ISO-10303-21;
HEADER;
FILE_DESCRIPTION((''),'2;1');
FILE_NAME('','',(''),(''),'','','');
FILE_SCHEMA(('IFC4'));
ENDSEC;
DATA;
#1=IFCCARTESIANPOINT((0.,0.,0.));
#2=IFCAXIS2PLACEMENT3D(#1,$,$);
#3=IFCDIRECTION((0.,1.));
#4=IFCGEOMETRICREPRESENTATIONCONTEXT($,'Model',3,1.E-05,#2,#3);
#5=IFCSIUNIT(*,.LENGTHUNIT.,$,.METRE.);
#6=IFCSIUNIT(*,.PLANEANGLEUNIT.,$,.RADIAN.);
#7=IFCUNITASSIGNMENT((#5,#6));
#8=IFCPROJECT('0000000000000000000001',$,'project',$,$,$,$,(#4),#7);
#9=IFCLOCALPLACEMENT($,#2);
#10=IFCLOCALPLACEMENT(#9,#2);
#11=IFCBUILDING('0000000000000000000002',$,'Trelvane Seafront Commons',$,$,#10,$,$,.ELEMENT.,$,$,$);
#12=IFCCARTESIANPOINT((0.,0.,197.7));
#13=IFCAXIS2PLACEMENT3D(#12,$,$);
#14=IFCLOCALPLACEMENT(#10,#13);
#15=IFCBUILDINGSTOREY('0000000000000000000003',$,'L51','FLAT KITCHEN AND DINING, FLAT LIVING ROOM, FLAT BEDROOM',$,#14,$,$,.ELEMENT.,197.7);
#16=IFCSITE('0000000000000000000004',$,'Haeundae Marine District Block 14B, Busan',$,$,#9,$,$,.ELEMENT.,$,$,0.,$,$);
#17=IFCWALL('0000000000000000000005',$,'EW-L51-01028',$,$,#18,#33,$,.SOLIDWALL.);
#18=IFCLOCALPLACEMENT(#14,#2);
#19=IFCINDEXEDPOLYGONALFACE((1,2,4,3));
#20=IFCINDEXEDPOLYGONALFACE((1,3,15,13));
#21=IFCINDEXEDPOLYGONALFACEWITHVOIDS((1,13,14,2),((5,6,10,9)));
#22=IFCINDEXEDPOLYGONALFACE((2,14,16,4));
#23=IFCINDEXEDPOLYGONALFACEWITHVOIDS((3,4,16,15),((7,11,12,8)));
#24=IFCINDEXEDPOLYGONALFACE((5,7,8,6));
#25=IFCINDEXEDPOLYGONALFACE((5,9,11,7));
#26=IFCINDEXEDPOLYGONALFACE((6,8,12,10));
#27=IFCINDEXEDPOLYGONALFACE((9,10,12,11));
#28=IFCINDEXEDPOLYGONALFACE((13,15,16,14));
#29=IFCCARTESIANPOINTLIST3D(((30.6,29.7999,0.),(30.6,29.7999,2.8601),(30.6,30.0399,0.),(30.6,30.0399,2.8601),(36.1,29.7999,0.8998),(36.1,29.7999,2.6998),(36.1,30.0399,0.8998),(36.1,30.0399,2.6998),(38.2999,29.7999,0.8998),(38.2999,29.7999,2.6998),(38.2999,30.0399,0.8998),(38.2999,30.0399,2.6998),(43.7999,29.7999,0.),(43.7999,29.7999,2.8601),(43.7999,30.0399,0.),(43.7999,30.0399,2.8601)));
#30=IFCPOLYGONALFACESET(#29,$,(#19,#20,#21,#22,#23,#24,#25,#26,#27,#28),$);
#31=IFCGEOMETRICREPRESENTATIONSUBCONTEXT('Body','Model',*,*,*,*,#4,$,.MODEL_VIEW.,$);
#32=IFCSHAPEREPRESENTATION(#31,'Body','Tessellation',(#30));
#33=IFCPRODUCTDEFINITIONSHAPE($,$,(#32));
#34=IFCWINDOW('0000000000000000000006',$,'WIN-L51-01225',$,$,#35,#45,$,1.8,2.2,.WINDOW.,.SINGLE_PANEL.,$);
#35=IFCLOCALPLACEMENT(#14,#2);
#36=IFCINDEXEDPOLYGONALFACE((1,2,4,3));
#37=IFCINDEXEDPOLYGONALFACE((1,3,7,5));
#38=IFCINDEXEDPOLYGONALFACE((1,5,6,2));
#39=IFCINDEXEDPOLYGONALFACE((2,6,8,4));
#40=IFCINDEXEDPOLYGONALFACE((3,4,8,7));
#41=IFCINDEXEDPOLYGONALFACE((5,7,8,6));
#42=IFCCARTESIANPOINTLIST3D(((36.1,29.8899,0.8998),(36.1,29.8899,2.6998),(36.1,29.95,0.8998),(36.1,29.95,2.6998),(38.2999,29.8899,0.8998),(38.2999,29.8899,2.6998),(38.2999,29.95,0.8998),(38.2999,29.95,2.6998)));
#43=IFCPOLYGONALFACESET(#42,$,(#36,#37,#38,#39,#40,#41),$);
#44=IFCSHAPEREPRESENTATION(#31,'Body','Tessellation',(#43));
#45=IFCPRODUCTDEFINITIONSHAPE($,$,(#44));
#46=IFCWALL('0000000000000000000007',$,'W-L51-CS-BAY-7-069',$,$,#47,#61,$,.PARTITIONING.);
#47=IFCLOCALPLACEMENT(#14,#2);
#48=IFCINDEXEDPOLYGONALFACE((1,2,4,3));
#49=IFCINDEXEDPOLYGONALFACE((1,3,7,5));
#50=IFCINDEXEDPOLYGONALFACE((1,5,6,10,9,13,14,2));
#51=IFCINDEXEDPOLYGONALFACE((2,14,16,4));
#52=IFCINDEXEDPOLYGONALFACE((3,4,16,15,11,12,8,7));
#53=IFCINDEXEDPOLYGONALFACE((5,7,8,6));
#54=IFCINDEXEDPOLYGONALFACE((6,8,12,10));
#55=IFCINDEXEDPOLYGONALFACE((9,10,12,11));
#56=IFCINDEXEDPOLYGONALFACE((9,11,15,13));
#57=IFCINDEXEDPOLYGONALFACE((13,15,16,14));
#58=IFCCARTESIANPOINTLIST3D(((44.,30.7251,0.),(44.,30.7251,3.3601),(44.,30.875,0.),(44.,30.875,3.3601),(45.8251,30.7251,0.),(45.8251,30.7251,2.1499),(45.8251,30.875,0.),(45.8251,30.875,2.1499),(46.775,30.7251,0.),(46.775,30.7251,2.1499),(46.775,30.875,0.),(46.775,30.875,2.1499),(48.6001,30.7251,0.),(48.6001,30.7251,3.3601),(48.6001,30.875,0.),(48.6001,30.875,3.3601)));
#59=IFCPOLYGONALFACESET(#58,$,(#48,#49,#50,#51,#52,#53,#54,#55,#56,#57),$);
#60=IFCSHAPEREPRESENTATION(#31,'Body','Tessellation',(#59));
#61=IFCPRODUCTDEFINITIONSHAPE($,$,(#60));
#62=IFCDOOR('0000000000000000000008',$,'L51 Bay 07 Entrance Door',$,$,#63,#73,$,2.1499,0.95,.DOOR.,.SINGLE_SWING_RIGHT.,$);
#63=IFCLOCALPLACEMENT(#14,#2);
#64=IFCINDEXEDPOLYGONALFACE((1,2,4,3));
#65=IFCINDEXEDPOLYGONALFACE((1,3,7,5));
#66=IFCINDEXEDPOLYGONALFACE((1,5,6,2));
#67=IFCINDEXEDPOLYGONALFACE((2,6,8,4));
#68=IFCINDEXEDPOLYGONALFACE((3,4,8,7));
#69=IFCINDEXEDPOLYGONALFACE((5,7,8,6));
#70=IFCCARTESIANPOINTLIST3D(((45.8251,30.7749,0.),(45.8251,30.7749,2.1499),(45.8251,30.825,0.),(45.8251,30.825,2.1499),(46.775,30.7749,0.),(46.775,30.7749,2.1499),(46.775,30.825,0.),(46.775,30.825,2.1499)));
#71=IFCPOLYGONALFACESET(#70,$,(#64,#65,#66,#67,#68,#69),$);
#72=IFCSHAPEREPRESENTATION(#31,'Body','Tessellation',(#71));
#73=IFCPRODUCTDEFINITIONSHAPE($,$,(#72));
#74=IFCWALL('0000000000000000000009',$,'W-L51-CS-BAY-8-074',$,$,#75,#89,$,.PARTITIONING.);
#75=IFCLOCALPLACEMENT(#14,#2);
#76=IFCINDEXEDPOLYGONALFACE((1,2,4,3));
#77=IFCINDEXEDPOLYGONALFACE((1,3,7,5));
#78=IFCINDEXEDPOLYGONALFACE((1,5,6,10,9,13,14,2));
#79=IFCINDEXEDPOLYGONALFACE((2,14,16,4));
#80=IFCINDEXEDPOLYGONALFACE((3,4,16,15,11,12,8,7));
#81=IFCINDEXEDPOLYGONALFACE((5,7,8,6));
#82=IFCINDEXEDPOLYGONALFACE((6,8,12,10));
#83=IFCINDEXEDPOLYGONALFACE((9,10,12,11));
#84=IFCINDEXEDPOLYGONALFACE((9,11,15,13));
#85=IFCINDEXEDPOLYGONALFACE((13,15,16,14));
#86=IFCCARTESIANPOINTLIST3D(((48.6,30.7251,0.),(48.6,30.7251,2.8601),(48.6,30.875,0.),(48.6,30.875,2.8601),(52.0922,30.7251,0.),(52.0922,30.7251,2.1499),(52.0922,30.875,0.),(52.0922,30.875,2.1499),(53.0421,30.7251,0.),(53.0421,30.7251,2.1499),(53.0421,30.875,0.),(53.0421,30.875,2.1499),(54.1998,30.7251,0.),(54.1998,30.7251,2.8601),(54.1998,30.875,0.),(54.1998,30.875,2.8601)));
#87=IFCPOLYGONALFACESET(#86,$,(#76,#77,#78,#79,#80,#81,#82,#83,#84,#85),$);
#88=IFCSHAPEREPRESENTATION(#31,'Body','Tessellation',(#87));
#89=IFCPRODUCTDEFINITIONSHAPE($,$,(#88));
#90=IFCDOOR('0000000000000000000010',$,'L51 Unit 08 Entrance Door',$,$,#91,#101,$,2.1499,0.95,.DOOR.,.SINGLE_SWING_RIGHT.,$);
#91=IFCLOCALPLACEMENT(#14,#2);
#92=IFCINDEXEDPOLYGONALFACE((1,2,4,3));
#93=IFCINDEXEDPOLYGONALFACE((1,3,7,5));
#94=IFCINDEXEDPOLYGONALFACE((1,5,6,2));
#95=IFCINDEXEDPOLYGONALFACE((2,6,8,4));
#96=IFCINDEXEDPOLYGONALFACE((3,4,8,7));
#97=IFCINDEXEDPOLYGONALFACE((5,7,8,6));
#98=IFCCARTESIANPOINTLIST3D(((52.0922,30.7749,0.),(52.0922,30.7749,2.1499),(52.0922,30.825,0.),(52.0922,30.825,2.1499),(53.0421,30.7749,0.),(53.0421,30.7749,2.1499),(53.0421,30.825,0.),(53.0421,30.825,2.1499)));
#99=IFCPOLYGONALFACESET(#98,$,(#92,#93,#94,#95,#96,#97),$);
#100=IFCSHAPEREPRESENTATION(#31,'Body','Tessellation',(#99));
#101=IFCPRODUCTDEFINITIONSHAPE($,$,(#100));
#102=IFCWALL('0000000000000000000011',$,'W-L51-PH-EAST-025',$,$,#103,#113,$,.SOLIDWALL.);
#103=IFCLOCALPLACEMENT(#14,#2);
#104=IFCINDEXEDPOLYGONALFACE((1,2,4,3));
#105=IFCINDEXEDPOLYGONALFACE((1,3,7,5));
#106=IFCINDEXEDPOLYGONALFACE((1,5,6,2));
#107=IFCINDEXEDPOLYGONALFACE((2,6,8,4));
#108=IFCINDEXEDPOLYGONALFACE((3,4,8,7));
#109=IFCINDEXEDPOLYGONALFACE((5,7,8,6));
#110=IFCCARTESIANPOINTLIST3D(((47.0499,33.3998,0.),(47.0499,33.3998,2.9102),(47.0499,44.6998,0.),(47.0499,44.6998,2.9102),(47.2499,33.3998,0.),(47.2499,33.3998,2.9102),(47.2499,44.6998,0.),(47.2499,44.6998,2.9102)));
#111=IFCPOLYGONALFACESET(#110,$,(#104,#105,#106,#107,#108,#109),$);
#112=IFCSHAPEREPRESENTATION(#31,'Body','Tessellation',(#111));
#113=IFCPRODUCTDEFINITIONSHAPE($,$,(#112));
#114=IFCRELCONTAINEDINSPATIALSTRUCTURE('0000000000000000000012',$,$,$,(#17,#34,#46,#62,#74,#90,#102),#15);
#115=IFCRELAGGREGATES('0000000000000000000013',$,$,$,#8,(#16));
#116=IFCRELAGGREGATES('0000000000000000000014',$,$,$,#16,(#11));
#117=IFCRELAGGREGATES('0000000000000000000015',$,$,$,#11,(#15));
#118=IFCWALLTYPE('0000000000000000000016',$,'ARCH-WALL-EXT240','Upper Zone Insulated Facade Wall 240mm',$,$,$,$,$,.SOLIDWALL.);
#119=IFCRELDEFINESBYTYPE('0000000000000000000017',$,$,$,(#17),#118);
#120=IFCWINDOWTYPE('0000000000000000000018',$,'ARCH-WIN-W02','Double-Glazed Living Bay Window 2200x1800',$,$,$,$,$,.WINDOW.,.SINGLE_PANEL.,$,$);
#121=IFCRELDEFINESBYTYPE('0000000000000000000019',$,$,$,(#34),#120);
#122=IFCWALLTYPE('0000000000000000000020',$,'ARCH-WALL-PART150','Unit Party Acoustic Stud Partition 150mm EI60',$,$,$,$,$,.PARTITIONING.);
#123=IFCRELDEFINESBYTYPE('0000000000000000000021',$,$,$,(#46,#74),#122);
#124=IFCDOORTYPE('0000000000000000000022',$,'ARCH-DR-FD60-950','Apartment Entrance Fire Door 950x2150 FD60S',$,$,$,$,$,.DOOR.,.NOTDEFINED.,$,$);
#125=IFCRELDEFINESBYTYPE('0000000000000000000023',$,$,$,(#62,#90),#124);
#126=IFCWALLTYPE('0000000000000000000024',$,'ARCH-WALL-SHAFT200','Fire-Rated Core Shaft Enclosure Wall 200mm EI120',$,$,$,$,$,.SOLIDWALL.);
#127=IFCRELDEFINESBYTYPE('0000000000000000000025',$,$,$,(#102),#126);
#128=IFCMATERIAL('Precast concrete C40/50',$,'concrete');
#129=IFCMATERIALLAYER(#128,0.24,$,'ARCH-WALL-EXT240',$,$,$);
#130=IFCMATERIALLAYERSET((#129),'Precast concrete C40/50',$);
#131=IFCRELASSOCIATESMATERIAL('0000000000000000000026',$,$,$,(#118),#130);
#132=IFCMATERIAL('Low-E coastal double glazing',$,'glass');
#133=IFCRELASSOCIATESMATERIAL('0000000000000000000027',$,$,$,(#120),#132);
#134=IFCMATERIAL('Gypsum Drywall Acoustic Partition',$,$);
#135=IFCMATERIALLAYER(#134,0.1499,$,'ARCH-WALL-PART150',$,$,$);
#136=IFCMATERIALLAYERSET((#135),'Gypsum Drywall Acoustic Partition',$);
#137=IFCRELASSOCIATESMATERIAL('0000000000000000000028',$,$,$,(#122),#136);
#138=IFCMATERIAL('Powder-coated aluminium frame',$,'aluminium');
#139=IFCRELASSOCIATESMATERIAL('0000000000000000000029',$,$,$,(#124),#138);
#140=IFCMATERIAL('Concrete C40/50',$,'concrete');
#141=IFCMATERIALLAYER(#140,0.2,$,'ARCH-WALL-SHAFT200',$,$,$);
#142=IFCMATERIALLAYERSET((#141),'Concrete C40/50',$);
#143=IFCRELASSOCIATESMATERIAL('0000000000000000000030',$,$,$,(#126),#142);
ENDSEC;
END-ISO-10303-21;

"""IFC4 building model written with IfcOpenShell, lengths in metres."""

from ifc_helpers import new_model, si_unit, direction, frame, frame_2d, origin, place, context, subcontext, project, spatial, rectangle, extrude, source, transform, mapped, material, layer, layer_set, type_object, element, fill, save


model = new_model("IFC4")

# Units and contexts
model_context = context("Model", 3, precision=1e-05, world=origin(), true_north=direction((0.0, 1.0)))
body_context = subcontext(model_context, "Body", "Model", "MODEL_VIEW")
ifc_project = project(units=[si_unit("LENGTHUNIT", "METRE"), si_unit("PLANEANGLEUNIT", "RADIAN")], contexts=[model_context])

# Site, building, storey
site_placement = place(None, origin())
site = spatial("IfcSite", under=ifc_project, at=site_placement, Name="Haeundae Marine District Block 14B, Busan", CompositionType="ELEMENT", RefElevation=0.0)
building_placement = place(site_placement, origin())
building = spatial("IfcBuilding", under=site, at=building_placement, Name="Trelvane Seafront Commons", CompositionType="ELEMENT")
storey_placement = place(building_placement, frame((0.0, 0.0, 197.7)))
storey = spatial("IfcBuildingStorey", under=building, at=storey_placement, Name="L51", Description="FLAT KITCHEN AND DINING, FLAT LIVING ROOM, FLAT BEDROOM", CompositionType="ELEMENT", Elevation=197.7)

# Shared definitions
ifc_material_1 = material(Name="Low-E coastal double glazing", Category="glass")

# Wall, opening, window
ifc_material_2 = material(Name="Precast concrete C40/50", Category="concrete")
ifc_layer_1 = layer(ifc_material_2, 0.24, Name="ARCH-WALL-EXT240")
ifc_layer_set_1 = layer_set([ifc_layer_1], Name="Precast concrete C40/50")
wall_type_1 = type_object("IfcWallType", Name="ARCH-WALL-EXT240", Description="Upper Zone Insulated Facade Wall 240mm", PredefinedType="SOLIDWALL", material=ifc_layer_set_1)
wall_1_placement = place(storey_placement, frame((43.8, 29.9199, 0.0), z_axis=(0.0, 0.0, 1.0), x_axis=(-1.0, 0.0, 0.0)))
wall_1 = element("IfcWall", 1, at=wall_1_placement, inside=storey, type_object=wall_type_1, Name="EW-L51-01028", PredefinedType="SOLIDWALL", context=body_context, shape_type="SweptSolid", body=[
    extrude(rectangle(XDim=13.2, YDim=0.24, at=frame_2d((6.6001, 0.0))), origin(), (0.0, 0.0, 1.0), 2.8601),
])
opening_1_placement = place(wall_1_placement, frame((5.5, 0.0, 0.8999)))
opening_1 = element("IfcOpeningElement", 2, at=opening_1_placement, cuts=wall_1, PredefinedType="OPENING", context=body_context, shape_type="SweptSolid", body=[
    extrude(rectangle(XDim=2.2, YDim=1.8, at=frame_2d((1.1001, 0.8999))), frame((0.0, 0.1299, 0.0), z_axis=(0.0, -1.0, 0.0), x_axis=(1.0, 0.0, 0.0)), (0.0, 0.0, 1.0), 0.26),
])
window_type = type_object("IfcWindowType", Name="ARCH-WIN-W02", Description="Double-Glazed Living Bay Window 2200x1800", PartitioningType="SINGLE_PANEL", PredefinedType="WINDOW", material=ifc_material_1)
shared_shape_1 = source(origin(), body_context, "Body", "SweptSolid", [
    extrude(rectangle(XDim=2.2, YDim=1.8, at=frame_2d((1.1001, 0.8999))), frame((0.0, 0.03, 0.0), z_axis=(0.0, -1.0, 0.0), x_axis=(1.0, 0.0, 0.0)), (0.0, 0.0, 1.0), 0.0601),
])
window_placement = place(opening_1_placement, origin())
window = element("IfcWindow", 3, at=window_placement, inside=storey, type_object=window_type, Name="WIN-L51-01225", OverallHeight=1.8, OverallWidth=2.2, PartitioningType="SINGLE_PANEL", PredefinedType="WINDOW", context=body_context, shape_type="MappedRepresentation", body=[
    mapped(shared_shape_1, transform((0.0, 0.0, 0.0), x_axis=(1.0, 0.0, 0.0), y_axis=(0.0, 1.0, 0.0), z_axis=(0.0, 0.0, 1.0), scale=1.0)),
])
fill(opening_1, window)

# Walls, openings, doors
ifc_material_3 = material(Name="Gypsum Drywall Acoustic Partition")
ifc_layer_2 = layer(ifc_material_3, 0.1499, Name="ARCH-WALL-PART150")
ifc_layer_set_2 = layer_set([ifc_layer_2], Name="Gypsum Drywall Acoustic Partition")
wall_type_2 = type_object("IfcWallType", Name="ARCH-WALL-PART150", Description="Unit Party Acoustic Stud Partition 150mm EI60", PredefinedType="PARTITIONING", material=ifc_layer_set_2)
wall_2_placement = place(storey_placement, frame((44.0, 30.8, 0.0), z_axis=(0.0, 0.0, 1.0), x_axis=(1.0, 0.0, 0.0)))
wall_2 = element("IfcWall", 4, at=wall_2_placement, inside=storey, type_object=wall_type_2, Name="W-L51-CS-BAY-7-069", PredefinedType="PARTITIONING", context=body_context, shape_type="SweptSolid", body=[
    extrude(rectangle(XDim=4.6001, YDim=0.1499, at=frame_2d((2.3, 0.0))), origin(), (0.0, 0.0, 1.0), 3.3601),
])
opening_2_placement = place(wall_2_placement, frame((1.825, 0.0, 0.0)))
opening_2 = element("IfcOpeningElement", 5, at=opening_2_placement, cuts=wall_2, PredefinedType="OPENING", context=body_context, shape_type="SweptSolid", body=[
    extrude(rectangle(XDim=0.95, YDim=2.1499, at=frame_2d((0.4751, 1.075))), frame((0.0, 0.085, 0.0), z_axis=(0.0, -1.0, 0.0), x_axis=(1.0, 0.0, 0.0)), (0.0, 0.0, 1.0), 0.1699),
])
ifc_material_4 = material(Name="Powder-coated aluminium frame", Category="aluminium")
door_type = type_object("IfcDoorType", Name="ARCH-DR-FD60-950", Description="Apartment Entrance Fire Door 950x2150 FD60S", OperationType="NOTDEFINED", PredefinedType="DOOR", material=ifc_material_4)
shared_shape_2 = source(origin(), body_context, "Body", "SweptSolid", [
    extrude(rectangle(XDim=0.95, YDim=2.1499, at=frame_2d((0.4751, 1.075))), frame((0.0, 0.0249, 0.0), z_axis=(0.0, -1.0, 0.0), x_axis=(1.0, 0.0, 0.0)), (0.0, 0.0, 1.0), 0.05),
])
door_1_placement = place(opening_2_placement, origin())
door_1 = element("IfcDoor", 6, at=door_1_placement, inside=storey, type_object=door_type, Name="L51 Bay 07 Entrance Door", OperationType="SINGLE_SWING_RIGHT", OverallHeight=2.1499, OverallWidth=0.95, PredefinedType="DOOR", context=body_context, shape_type="MappedRepresentation", body=[
    mapped(shared_shape_2, transform((0.0, 0.0, 0.0), x_axis=(1.0, 0.0, 0.0), y_axis=(0.0, 1.0, 0.0), z_axis=(0.0, 0.0, 1.0), scale=1.0)),
])
fill(opening_2, door_1)
wall_3_placement = place(storey_placement, frame((48.6001, 30.8, 0.0), z_axis=(0.0, 0.0, 1.0), x_axis=(1.0, 0.0, 0.0)))
wall_3 = element("IfcWall", 7, at=wall_3_placement, inside=storey, type_object=wall_type_2, Name="W-L51-CS-BAY-8-074", PredefinedType="PARTITIONING", context=body_context, shape_type="SweptSolid", body=[
    extrude(rectangle(XDim=5.5999, YDim=0.1499, at=frame_2d((2.7998, 0.0))), origin(), (0.0, 0.0, 1.0), 2.8601),
])
opening_3_placement = place(wall_3_placement, frame((3.4919, 0.0, 0.0)))
opening_3 = element("IfcOpeningElement", 8, at=opening_3_placement, cuts=wall_3, PredefinedType="OPENING", context=body_context, shape_type="SweptSolid", body=[
    extrude(rectangle(XDim=0.95, YDim=2.1499, at=frame_2d((0.4751, 1.075))), frame((0.0, 0.085, 0.0), z_axis=(0.0, -1.0, 0.0), x_axis=(1.0, 0.0, 0.0)), (0.0, 0.0, 1.0), 0.1699),
])
door_2_placement = place(opening_3_placement, origin())
door_2 = element("IfcDoor", 9, at=door_2_placement, inside=storey, type_object=door_type, Name="L51 Unit 08 Entrance Door", OperationType="SINGLE_SWING_RIGHT", OverallHeight=2.1499, OverallWidth=0.95, PredefinedType="DOOR", context=body_context, shape_type="MappedRepresentation", body=[
    mapped(shared_shape_2, transform((0.0, 0.0, 0.0), x_axis=(1.0, 0.0, 0.0), y_axis=(0.0, 1.0, 0.0), z_axis=(0.0, 0.0, 1.0), scale=1.0)),
])
fill(opening_3, door_2)

# Wall
ifc_material_5 = material(Name="Concrete C40/50", Category="concrete")
ifc_layer_3 = layer(ifc_material_5, 0.2, Name="ARCH-WALL-SHAFT200")
ifc_layer_set_3 = layer_set([ifc_layer_3], Name="Concrete C40/50")
wall_type_3 = type_object("IfcWallType", Name="ARCH-WALL-SHAFT200", Description="Fire-Rated Core Shaft Enclosure Wall 200mm EI120", PredefinedType="SOLIDWALL", material=ifc_layer_set_3)
wall_4_placement = place(storey_placement, frame((47.1499, 33.3999, 0.0), z_axis=(0.0, 0.0, 1.0), x_axis=(0.0, 1.0, 0.0)))
element("IfcWall", 10, at=wall_4_placement, inside=storey, type_object=wall_type_3, Name="W-L51-PH-EAST-025", PredefinedType="SOLIDWALL", context=body_context, shape_type="SweptSolid", body=[
    extrude(rectangle(XDim=11.3, YDim=0.2, at=frame_2d((5.6499, 0.0))), origin(), (0.0, 0.0, 1.0), 2.9102),
])

save(model, "model.ifc")
